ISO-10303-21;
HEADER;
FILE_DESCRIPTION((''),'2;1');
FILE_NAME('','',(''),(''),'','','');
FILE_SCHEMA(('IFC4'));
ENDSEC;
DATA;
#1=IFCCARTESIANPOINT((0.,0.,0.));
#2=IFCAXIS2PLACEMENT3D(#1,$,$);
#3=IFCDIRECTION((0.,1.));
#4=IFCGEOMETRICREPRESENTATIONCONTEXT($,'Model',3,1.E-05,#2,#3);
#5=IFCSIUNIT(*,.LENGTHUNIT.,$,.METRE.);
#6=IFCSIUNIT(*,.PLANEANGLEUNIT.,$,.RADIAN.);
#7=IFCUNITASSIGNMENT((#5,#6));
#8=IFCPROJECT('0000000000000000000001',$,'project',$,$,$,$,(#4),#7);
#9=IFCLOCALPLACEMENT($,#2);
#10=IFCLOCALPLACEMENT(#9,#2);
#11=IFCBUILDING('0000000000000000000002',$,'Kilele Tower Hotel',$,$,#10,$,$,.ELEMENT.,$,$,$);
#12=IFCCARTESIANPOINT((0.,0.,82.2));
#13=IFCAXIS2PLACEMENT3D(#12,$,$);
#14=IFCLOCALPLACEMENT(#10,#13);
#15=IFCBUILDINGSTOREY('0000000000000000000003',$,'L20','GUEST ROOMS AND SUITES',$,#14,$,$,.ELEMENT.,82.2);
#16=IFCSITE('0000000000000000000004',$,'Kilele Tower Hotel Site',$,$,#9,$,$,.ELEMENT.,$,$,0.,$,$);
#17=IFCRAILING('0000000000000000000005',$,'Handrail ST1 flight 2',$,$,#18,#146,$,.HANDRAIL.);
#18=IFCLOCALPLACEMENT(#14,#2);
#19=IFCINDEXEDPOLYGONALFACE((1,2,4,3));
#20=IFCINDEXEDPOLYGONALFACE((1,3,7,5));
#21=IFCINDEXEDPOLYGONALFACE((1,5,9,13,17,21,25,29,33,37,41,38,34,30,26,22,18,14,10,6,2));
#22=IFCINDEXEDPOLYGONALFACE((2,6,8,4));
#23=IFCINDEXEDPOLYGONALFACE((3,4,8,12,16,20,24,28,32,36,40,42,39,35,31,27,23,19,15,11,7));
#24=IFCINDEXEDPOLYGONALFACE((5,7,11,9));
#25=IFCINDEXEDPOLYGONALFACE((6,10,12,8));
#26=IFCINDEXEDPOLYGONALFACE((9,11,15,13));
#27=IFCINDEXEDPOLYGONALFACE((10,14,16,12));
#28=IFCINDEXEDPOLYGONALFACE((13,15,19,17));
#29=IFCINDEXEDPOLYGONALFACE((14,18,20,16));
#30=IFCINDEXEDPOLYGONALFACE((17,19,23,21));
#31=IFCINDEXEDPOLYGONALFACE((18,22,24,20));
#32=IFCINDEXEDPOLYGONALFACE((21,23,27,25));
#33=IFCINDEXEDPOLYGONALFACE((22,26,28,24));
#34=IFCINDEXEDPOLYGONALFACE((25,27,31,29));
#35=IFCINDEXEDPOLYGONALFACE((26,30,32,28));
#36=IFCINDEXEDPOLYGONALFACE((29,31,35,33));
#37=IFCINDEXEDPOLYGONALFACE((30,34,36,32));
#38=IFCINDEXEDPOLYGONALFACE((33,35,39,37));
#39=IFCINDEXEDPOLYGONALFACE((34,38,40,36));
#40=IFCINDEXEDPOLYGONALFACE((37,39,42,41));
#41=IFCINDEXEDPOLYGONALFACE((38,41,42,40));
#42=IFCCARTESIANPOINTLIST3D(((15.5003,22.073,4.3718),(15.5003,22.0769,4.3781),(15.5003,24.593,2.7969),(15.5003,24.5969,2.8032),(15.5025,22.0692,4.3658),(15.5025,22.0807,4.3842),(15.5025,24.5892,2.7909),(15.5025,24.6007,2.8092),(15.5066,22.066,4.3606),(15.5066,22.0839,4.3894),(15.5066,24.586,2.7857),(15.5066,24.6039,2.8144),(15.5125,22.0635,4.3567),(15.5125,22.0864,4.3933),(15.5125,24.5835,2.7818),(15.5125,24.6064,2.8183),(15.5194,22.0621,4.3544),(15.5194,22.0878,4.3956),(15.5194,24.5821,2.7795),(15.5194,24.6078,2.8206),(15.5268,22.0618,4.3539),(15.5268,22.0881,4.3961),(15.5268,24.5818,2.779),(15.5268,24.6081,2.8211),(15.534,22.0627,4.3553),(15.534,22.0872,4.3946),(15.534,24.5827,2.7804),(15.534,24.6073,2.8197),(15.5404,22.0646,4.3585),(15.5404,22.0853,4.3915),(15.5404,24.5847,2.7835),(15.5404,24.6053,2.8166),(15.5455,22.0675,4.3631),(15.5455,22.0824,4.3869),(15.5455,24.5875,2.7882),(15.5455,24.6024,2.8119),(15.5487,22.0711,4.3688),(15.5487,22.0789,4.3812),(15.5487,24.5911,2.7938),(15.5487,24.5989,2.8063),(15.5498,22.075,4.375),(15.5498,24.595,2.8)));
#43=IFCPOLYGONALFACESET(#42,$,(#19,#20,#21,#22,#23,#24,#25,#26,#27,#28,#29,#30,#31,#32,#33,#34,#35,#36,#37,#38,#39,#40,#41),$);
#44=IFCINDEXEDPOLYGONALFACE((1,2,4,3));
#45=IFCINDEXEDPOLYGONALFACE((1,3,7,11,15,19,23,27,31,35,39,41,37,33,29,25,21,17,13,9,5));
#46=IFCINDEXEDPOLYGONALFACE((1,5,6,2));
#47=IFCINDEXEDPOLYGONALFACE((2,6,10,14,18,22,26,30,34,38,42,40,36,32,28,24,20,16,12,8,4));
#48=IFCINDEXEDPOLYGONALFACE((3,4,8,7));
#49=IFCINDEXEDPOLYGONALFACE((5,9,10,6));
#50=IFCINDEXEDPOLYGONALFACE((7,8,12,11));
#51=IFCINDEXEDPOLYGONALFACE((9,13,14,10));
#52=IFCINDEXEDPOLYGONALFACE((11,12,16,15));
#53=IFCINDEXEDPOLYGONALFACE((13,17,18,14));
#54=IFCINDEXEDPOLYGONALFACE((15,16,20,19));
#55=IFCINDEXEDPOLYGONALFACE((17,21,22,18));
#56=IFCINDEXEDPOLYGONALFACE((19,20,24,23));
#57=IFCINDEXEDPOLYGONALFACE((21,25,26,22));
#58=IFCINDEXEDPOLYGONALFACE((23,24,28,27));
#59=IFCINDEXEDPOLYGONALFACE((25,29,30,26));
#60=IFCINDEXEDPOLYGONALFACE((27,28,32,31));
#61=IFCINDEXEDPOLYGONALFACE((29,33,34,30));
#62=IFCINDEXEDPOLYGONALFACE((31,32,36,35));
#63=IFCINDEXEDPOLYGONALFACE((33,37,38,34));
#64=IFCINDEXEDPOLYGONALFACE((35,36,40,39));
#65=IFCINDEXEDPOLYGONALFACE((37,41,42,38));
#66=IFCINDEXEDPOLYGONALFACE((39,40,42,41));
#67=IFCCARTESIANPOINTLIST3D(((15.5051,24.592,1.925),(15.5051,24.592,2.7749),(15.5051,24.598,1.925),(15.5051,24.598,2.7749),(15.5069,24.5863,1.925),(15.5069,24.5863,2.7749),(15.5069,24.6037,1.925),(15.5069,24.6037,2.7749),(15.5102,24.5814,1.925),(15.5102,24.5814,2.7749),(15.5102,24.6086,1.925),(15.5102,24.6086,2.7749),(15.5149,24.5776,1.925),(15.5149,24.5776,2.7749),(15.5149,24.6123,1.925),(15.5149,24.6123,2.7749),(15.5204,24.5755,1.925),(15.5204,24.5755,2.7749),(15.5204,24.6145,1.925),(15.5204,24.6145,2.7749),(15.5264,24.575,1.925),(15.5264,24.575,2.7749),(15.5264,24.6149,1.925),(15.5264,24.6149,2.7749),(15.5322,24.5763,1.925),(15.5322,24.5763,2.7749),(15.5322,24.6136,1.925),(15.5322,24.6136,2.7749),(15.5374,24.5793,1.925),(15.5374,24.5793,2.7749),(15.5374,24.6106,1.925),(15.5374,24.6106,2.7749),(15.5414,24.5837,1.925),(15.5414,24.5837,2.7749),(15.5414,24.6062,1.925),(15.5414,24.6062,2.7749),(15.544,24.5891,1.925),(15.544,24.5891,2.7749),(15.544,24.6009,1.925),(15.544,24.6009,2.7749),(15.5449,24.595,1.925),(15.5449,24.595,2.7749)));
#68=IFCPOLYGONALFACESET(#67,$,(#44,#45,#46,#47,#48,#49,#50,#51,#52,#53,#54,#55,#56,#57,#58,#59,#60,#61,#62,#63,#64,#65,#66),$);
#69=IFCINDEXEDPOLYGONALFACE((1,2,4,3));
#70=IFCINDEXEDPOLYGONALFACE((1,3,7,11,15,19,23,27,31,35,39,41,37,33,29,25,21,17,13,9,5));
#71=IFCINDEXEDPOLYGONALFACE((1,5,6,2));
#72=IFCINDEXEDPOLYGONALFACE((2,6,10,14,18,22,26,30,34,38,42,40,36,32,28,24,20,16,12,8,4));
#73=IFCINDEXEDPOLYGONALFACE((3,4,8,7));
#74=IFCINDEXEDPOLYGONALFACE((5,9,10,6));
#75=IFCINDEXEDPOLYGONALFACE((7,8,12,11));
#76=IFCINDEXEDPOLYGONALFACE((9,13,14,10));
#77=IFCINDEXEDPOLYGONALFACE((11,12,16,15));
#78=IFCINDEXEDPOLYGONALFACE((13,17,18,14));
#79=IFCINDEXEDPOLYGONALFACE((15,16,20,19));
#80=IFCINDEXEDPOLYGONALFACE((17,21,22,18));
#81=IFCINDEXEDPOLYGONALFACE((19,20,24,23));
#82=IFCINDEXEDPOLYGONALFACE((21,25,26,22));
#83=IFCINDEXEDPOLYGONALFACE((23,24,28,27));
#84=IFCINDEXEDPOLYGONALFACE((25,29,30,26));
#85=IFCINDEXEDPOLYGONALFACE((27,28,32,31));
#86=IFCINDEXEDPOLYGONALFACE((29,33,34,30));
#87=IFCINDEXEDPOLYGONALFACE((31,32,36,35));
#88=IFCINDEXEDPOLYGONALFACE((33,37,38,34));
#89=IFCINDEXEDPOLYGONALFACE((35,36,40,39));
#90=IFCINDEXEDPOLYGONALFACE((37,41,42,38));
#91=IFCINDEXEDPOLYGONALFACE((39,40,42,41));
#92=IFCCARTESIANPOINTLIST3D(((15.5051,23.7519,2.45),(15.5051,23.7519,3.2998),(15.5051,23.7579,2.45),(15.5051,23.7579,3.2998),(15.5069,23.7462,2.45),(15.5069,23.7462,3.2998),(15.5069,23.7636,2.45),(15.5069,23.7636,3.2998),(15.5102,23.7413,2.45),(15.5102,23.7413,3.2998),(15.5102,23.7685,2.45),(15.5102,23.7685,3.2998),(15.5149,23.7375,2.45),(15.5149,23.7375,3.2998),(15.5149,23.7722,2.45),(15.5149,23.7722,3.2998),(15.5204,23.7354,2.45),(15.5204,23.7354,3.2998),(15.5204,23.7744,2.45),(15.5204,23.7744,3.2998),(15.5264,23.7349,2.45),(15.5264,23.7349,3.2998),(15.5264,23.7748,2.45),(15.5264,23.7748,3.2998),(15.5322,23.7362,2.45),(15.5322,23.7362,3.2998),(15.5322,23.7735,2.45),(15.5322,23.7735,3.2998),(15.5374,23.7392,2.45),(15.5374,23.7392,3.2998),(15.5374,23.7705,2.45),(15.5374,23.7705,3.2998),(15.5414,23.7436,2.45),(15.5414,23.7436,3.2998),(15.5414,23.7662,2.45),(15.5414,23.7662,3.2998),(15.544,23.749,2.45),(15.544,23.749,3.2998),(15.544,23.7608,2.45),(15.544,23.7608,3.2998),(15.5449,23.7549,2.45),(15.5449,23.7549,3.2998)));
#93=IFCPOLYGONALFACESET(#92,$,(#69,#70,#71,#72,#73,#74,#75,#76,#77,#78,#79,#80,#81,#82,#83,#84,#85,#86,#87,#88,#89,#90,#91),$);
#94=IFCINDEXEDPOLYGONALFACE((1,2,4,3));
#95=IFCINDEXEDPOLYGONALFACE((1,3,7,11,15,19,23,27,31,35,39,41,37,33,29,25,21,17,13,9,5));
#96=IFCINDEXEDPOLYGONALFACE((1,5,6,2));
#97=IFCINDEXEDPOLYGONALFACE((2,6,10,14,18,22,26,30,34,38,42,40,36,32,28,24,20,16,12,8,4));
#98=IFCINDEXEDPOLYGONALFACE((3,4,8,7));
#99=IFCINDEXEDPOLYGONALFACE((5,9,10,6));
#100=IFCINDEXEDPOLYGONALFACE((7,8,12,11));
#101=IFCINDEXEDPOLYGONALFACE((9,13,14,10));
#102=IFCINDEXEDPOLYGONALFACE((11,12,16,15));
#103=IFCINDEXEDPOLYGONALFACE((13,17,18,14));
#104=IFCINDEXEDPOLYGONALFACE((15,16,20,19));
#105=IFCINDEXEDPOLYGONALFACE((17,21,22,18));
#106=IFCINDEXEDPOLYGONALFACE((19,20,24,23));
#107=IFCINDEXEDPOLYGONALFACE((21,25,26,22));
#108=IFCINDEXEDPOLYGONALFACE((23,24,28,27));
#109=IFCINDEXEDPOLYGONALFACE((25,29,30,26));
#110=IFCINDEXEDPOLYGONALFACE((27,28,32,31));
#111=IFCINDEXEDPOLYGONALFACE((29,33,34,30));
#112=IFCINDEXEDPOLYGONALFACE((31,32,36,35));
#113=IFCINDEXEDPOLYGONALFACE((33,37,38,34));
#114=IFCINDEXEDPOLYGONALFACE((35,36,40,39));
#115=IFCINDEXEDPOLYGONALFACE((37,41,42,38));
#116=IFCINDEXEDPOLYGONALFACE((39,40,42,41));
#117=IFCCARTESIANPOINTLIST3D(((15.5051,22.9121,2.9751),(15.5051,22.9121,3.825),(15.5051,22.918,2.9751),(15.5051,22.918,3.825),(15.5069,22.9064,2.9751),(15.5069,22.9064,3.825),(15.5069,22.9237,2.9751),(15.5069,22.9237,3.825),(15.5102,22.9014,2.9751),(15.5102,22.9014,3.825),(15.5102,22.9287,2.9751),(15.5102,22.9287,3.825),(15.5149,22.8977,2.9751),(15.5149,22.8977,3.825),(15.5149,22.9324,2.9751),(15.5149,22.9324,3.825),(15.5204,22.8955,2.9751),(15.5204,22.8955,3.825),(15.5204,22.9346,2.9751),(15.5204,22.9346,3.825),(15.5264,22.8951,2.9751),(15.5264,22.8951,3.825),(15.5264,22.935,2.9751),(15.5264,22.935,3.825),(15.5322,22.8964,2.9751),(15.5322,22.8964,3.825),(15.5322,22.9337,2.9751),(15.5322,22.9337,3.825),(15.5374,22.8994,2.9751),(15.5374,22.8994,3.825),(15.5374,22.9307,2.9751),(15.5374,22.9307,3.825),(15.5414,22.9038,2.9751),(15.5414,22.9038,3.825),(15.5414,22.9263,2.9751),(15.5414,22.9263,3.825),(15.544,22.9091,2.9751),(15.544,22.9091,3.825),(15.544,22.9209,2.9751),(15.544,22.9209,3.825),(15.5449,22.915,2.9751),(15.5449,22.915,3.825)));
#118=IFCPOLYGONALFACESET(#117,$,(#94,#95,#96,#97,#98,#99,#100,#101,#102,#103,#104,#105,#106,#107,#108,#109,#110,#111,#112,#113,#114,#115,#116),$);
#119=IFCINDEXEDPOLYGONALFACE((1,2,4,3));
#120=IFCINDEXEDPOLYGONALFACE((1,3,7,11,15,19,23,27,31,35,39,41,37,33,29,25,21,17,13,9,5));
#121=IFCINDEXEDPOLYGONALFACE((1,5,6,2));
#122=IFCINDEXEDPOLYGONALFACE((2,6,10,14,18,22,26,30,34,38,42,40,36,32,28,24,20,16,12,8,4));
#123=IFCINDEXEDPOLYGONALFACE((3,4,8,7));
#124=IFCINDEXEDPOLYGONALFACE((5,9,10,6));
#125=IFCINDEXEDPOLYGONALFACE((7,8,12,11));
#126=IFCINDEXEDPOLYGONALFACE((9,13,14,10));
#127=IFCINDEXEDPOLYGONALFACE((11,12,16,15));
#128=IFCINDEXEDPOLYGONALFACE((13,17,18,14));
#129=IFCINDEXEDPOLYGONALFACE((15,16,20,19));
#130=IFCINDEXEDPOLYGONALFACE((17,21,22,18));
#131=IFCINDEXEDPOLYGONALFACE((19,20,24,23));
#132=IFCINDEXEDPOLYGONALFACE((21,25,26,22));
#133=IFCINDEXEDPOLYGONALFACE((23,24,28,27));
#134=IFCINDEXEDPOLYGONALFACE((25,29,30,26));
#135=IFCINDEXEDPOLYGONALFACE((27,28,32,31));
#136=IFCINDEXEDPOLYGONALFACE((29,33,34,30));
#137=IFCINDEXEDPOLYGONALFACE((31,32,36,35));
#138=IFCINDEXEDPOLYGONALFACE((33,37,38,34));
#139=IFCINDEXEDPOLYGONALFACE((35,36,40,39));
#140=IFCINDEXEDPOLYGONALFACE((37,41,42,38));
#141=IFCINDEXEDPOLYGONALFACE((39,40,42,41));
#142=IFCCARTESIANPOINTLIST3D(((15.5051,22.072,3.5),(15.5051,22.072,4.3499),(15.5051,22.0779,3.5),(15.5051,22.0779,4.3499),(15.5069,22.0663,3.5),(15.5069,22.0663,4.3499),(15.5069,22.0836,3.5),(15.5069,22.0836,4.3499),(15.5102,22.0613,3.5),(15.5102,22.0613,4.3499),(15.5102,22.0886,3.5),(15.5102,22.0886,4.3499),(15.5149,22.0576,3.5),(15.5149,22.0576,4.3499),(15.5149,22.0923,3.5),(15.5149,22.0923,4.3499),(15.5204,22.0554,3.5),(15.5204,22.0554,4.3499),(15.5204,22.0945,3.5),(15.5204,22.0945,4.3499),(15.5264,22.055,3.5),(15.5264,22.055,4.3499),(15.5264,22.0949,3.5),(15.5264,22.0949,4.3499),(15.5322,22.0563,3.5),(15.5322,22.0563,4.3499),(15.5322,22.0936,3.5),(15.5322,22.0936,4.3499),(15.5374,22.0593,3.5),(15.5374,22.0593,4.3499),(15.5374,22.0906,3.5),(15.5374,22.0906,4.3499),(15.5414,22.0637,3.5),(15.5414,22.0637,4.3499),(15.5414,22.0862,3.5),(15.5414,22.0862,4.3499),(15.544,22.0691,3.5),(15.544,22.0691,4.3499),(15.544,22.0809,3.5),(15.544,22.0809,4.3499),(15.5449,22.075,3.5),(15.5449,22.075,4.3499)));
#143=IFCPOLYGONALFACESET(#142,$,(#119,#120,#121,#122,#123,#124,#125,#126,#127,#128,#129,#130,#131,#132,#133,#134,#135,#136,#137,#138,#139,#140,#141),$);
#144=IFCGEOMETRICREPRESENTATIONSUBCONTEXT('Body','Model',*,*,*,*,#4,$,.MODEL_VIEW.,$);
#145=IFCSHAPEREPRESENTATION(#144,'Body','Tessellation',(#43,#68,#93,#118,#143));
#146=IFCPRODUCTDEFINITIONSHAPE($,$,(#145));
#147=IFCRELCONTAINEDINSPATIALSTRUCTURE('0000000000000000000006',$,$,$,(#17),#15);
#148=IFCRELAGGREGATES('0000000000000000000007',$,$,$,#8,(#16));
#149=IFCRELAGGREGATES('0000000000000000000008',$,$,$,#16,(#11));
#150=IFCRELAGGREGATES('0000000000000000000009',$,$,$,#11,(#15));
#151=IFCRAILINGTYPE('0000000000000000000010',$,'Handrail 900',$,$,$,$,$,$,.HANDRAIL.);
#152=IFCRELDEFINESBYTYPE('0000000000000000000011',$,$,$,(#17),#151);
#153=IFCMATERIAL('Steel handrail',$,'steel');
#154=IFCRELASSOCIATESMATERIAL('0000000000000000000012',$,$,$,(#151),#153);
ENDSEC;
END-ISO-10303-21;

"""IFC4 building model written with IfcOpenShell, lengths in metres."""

from ifc_helpers import new_model, si_unit, direction, frame, origin, origin_2d, place, context, subcontext, project, spatial, circle, extrude, material, type_object, element, save


model = new_model("IFC4")

# Units and contexts
model_context = context("Model", 3, precision=1e-05, world=origin(), true_north=direction((0.0, 1.0)))
body_context = subcontext(model_context, "Body", "Model", "MODEL_VIEW")
ifc_project = project(units=[si_unit("LENGTHUNIT", "METRE"), si_unit("PLANEANGLEUNIT", "RADIAN")], contexts=[model_context])

# Site, building, storey
site_placement = place(None, origin())
site = spatial("IfcSite", under=ifc_project, at=site_placement, Name="Kilele Tower Hotel Site", CompositionType="ELEMENT", RefElevation=0.0)
building_placement = place(site_placement, origin())
building = spatial("IfcBuilding", under=site, at=building_placement, Name="Kilele Tower Hotel", CompositionType="ELEMENT")
storey_placement = place(building_placement, frame((0.0, 0.0, 82.2)))
storey = spatial("IfcBuildingStorey", under=building, at=storey_placement, Name="L20", Description="GUEST ROOMS AND SUITES", CompositionType="ELEMENT", Elevation=82.2)

# Railing
ifc_material_1 = material(Name="Steel handrail", Category="steel")
railing_type_1 = type_object("IfcRailingType", Name="Handrail 900", PredefinedType="HANDRAIL", material=ifc_material_1)
for number, where, name in (
    (1, (15.5249, 24.595, 1.925), "Handrail ST1 flight 2"),
):
    element("IfcRailing", number, at=place(storey_placement, frame(where)), inside=storey, type_object=railing_type_1, Name=name, PredefinedType="HANDRAIL", context=body_context, shape_type="SweptSolid", body=[
        extrude(circle(Radius=0.0249, at=origin_2d()), frame((0.0, 0.0, 0.875), z_axis=(0.0, -0.848008, 0.529984), x_axis=(1.0, 0.0, 0.0)), (0.0, 0.0, 1.0), 2.9717),
        extrude(circle(Radius=0.02, at=origin_2d()), origin(), (0.0, 0.0, 1.0), 0.8499),
        extrude(circle(Radius=0.02, at=origin_2d()), frame((0.0, -0.8401, 0.5249)), (0.0, 0.0, 1.0), 0.8499),
        extrude(circle(Radius=0.02, at=origin_2d()), frame((0.0, -1.6799, 1.05)), (0.0, 0.0, 1.0), 0.8499),
        extrude(circle(Radius=0.02, at=origin_2d()), frame((0.0, -2.52, 1.575)), (0.0, 0.0, 1.0), 0.8499),
    ])

save(model, "model.ifc")
